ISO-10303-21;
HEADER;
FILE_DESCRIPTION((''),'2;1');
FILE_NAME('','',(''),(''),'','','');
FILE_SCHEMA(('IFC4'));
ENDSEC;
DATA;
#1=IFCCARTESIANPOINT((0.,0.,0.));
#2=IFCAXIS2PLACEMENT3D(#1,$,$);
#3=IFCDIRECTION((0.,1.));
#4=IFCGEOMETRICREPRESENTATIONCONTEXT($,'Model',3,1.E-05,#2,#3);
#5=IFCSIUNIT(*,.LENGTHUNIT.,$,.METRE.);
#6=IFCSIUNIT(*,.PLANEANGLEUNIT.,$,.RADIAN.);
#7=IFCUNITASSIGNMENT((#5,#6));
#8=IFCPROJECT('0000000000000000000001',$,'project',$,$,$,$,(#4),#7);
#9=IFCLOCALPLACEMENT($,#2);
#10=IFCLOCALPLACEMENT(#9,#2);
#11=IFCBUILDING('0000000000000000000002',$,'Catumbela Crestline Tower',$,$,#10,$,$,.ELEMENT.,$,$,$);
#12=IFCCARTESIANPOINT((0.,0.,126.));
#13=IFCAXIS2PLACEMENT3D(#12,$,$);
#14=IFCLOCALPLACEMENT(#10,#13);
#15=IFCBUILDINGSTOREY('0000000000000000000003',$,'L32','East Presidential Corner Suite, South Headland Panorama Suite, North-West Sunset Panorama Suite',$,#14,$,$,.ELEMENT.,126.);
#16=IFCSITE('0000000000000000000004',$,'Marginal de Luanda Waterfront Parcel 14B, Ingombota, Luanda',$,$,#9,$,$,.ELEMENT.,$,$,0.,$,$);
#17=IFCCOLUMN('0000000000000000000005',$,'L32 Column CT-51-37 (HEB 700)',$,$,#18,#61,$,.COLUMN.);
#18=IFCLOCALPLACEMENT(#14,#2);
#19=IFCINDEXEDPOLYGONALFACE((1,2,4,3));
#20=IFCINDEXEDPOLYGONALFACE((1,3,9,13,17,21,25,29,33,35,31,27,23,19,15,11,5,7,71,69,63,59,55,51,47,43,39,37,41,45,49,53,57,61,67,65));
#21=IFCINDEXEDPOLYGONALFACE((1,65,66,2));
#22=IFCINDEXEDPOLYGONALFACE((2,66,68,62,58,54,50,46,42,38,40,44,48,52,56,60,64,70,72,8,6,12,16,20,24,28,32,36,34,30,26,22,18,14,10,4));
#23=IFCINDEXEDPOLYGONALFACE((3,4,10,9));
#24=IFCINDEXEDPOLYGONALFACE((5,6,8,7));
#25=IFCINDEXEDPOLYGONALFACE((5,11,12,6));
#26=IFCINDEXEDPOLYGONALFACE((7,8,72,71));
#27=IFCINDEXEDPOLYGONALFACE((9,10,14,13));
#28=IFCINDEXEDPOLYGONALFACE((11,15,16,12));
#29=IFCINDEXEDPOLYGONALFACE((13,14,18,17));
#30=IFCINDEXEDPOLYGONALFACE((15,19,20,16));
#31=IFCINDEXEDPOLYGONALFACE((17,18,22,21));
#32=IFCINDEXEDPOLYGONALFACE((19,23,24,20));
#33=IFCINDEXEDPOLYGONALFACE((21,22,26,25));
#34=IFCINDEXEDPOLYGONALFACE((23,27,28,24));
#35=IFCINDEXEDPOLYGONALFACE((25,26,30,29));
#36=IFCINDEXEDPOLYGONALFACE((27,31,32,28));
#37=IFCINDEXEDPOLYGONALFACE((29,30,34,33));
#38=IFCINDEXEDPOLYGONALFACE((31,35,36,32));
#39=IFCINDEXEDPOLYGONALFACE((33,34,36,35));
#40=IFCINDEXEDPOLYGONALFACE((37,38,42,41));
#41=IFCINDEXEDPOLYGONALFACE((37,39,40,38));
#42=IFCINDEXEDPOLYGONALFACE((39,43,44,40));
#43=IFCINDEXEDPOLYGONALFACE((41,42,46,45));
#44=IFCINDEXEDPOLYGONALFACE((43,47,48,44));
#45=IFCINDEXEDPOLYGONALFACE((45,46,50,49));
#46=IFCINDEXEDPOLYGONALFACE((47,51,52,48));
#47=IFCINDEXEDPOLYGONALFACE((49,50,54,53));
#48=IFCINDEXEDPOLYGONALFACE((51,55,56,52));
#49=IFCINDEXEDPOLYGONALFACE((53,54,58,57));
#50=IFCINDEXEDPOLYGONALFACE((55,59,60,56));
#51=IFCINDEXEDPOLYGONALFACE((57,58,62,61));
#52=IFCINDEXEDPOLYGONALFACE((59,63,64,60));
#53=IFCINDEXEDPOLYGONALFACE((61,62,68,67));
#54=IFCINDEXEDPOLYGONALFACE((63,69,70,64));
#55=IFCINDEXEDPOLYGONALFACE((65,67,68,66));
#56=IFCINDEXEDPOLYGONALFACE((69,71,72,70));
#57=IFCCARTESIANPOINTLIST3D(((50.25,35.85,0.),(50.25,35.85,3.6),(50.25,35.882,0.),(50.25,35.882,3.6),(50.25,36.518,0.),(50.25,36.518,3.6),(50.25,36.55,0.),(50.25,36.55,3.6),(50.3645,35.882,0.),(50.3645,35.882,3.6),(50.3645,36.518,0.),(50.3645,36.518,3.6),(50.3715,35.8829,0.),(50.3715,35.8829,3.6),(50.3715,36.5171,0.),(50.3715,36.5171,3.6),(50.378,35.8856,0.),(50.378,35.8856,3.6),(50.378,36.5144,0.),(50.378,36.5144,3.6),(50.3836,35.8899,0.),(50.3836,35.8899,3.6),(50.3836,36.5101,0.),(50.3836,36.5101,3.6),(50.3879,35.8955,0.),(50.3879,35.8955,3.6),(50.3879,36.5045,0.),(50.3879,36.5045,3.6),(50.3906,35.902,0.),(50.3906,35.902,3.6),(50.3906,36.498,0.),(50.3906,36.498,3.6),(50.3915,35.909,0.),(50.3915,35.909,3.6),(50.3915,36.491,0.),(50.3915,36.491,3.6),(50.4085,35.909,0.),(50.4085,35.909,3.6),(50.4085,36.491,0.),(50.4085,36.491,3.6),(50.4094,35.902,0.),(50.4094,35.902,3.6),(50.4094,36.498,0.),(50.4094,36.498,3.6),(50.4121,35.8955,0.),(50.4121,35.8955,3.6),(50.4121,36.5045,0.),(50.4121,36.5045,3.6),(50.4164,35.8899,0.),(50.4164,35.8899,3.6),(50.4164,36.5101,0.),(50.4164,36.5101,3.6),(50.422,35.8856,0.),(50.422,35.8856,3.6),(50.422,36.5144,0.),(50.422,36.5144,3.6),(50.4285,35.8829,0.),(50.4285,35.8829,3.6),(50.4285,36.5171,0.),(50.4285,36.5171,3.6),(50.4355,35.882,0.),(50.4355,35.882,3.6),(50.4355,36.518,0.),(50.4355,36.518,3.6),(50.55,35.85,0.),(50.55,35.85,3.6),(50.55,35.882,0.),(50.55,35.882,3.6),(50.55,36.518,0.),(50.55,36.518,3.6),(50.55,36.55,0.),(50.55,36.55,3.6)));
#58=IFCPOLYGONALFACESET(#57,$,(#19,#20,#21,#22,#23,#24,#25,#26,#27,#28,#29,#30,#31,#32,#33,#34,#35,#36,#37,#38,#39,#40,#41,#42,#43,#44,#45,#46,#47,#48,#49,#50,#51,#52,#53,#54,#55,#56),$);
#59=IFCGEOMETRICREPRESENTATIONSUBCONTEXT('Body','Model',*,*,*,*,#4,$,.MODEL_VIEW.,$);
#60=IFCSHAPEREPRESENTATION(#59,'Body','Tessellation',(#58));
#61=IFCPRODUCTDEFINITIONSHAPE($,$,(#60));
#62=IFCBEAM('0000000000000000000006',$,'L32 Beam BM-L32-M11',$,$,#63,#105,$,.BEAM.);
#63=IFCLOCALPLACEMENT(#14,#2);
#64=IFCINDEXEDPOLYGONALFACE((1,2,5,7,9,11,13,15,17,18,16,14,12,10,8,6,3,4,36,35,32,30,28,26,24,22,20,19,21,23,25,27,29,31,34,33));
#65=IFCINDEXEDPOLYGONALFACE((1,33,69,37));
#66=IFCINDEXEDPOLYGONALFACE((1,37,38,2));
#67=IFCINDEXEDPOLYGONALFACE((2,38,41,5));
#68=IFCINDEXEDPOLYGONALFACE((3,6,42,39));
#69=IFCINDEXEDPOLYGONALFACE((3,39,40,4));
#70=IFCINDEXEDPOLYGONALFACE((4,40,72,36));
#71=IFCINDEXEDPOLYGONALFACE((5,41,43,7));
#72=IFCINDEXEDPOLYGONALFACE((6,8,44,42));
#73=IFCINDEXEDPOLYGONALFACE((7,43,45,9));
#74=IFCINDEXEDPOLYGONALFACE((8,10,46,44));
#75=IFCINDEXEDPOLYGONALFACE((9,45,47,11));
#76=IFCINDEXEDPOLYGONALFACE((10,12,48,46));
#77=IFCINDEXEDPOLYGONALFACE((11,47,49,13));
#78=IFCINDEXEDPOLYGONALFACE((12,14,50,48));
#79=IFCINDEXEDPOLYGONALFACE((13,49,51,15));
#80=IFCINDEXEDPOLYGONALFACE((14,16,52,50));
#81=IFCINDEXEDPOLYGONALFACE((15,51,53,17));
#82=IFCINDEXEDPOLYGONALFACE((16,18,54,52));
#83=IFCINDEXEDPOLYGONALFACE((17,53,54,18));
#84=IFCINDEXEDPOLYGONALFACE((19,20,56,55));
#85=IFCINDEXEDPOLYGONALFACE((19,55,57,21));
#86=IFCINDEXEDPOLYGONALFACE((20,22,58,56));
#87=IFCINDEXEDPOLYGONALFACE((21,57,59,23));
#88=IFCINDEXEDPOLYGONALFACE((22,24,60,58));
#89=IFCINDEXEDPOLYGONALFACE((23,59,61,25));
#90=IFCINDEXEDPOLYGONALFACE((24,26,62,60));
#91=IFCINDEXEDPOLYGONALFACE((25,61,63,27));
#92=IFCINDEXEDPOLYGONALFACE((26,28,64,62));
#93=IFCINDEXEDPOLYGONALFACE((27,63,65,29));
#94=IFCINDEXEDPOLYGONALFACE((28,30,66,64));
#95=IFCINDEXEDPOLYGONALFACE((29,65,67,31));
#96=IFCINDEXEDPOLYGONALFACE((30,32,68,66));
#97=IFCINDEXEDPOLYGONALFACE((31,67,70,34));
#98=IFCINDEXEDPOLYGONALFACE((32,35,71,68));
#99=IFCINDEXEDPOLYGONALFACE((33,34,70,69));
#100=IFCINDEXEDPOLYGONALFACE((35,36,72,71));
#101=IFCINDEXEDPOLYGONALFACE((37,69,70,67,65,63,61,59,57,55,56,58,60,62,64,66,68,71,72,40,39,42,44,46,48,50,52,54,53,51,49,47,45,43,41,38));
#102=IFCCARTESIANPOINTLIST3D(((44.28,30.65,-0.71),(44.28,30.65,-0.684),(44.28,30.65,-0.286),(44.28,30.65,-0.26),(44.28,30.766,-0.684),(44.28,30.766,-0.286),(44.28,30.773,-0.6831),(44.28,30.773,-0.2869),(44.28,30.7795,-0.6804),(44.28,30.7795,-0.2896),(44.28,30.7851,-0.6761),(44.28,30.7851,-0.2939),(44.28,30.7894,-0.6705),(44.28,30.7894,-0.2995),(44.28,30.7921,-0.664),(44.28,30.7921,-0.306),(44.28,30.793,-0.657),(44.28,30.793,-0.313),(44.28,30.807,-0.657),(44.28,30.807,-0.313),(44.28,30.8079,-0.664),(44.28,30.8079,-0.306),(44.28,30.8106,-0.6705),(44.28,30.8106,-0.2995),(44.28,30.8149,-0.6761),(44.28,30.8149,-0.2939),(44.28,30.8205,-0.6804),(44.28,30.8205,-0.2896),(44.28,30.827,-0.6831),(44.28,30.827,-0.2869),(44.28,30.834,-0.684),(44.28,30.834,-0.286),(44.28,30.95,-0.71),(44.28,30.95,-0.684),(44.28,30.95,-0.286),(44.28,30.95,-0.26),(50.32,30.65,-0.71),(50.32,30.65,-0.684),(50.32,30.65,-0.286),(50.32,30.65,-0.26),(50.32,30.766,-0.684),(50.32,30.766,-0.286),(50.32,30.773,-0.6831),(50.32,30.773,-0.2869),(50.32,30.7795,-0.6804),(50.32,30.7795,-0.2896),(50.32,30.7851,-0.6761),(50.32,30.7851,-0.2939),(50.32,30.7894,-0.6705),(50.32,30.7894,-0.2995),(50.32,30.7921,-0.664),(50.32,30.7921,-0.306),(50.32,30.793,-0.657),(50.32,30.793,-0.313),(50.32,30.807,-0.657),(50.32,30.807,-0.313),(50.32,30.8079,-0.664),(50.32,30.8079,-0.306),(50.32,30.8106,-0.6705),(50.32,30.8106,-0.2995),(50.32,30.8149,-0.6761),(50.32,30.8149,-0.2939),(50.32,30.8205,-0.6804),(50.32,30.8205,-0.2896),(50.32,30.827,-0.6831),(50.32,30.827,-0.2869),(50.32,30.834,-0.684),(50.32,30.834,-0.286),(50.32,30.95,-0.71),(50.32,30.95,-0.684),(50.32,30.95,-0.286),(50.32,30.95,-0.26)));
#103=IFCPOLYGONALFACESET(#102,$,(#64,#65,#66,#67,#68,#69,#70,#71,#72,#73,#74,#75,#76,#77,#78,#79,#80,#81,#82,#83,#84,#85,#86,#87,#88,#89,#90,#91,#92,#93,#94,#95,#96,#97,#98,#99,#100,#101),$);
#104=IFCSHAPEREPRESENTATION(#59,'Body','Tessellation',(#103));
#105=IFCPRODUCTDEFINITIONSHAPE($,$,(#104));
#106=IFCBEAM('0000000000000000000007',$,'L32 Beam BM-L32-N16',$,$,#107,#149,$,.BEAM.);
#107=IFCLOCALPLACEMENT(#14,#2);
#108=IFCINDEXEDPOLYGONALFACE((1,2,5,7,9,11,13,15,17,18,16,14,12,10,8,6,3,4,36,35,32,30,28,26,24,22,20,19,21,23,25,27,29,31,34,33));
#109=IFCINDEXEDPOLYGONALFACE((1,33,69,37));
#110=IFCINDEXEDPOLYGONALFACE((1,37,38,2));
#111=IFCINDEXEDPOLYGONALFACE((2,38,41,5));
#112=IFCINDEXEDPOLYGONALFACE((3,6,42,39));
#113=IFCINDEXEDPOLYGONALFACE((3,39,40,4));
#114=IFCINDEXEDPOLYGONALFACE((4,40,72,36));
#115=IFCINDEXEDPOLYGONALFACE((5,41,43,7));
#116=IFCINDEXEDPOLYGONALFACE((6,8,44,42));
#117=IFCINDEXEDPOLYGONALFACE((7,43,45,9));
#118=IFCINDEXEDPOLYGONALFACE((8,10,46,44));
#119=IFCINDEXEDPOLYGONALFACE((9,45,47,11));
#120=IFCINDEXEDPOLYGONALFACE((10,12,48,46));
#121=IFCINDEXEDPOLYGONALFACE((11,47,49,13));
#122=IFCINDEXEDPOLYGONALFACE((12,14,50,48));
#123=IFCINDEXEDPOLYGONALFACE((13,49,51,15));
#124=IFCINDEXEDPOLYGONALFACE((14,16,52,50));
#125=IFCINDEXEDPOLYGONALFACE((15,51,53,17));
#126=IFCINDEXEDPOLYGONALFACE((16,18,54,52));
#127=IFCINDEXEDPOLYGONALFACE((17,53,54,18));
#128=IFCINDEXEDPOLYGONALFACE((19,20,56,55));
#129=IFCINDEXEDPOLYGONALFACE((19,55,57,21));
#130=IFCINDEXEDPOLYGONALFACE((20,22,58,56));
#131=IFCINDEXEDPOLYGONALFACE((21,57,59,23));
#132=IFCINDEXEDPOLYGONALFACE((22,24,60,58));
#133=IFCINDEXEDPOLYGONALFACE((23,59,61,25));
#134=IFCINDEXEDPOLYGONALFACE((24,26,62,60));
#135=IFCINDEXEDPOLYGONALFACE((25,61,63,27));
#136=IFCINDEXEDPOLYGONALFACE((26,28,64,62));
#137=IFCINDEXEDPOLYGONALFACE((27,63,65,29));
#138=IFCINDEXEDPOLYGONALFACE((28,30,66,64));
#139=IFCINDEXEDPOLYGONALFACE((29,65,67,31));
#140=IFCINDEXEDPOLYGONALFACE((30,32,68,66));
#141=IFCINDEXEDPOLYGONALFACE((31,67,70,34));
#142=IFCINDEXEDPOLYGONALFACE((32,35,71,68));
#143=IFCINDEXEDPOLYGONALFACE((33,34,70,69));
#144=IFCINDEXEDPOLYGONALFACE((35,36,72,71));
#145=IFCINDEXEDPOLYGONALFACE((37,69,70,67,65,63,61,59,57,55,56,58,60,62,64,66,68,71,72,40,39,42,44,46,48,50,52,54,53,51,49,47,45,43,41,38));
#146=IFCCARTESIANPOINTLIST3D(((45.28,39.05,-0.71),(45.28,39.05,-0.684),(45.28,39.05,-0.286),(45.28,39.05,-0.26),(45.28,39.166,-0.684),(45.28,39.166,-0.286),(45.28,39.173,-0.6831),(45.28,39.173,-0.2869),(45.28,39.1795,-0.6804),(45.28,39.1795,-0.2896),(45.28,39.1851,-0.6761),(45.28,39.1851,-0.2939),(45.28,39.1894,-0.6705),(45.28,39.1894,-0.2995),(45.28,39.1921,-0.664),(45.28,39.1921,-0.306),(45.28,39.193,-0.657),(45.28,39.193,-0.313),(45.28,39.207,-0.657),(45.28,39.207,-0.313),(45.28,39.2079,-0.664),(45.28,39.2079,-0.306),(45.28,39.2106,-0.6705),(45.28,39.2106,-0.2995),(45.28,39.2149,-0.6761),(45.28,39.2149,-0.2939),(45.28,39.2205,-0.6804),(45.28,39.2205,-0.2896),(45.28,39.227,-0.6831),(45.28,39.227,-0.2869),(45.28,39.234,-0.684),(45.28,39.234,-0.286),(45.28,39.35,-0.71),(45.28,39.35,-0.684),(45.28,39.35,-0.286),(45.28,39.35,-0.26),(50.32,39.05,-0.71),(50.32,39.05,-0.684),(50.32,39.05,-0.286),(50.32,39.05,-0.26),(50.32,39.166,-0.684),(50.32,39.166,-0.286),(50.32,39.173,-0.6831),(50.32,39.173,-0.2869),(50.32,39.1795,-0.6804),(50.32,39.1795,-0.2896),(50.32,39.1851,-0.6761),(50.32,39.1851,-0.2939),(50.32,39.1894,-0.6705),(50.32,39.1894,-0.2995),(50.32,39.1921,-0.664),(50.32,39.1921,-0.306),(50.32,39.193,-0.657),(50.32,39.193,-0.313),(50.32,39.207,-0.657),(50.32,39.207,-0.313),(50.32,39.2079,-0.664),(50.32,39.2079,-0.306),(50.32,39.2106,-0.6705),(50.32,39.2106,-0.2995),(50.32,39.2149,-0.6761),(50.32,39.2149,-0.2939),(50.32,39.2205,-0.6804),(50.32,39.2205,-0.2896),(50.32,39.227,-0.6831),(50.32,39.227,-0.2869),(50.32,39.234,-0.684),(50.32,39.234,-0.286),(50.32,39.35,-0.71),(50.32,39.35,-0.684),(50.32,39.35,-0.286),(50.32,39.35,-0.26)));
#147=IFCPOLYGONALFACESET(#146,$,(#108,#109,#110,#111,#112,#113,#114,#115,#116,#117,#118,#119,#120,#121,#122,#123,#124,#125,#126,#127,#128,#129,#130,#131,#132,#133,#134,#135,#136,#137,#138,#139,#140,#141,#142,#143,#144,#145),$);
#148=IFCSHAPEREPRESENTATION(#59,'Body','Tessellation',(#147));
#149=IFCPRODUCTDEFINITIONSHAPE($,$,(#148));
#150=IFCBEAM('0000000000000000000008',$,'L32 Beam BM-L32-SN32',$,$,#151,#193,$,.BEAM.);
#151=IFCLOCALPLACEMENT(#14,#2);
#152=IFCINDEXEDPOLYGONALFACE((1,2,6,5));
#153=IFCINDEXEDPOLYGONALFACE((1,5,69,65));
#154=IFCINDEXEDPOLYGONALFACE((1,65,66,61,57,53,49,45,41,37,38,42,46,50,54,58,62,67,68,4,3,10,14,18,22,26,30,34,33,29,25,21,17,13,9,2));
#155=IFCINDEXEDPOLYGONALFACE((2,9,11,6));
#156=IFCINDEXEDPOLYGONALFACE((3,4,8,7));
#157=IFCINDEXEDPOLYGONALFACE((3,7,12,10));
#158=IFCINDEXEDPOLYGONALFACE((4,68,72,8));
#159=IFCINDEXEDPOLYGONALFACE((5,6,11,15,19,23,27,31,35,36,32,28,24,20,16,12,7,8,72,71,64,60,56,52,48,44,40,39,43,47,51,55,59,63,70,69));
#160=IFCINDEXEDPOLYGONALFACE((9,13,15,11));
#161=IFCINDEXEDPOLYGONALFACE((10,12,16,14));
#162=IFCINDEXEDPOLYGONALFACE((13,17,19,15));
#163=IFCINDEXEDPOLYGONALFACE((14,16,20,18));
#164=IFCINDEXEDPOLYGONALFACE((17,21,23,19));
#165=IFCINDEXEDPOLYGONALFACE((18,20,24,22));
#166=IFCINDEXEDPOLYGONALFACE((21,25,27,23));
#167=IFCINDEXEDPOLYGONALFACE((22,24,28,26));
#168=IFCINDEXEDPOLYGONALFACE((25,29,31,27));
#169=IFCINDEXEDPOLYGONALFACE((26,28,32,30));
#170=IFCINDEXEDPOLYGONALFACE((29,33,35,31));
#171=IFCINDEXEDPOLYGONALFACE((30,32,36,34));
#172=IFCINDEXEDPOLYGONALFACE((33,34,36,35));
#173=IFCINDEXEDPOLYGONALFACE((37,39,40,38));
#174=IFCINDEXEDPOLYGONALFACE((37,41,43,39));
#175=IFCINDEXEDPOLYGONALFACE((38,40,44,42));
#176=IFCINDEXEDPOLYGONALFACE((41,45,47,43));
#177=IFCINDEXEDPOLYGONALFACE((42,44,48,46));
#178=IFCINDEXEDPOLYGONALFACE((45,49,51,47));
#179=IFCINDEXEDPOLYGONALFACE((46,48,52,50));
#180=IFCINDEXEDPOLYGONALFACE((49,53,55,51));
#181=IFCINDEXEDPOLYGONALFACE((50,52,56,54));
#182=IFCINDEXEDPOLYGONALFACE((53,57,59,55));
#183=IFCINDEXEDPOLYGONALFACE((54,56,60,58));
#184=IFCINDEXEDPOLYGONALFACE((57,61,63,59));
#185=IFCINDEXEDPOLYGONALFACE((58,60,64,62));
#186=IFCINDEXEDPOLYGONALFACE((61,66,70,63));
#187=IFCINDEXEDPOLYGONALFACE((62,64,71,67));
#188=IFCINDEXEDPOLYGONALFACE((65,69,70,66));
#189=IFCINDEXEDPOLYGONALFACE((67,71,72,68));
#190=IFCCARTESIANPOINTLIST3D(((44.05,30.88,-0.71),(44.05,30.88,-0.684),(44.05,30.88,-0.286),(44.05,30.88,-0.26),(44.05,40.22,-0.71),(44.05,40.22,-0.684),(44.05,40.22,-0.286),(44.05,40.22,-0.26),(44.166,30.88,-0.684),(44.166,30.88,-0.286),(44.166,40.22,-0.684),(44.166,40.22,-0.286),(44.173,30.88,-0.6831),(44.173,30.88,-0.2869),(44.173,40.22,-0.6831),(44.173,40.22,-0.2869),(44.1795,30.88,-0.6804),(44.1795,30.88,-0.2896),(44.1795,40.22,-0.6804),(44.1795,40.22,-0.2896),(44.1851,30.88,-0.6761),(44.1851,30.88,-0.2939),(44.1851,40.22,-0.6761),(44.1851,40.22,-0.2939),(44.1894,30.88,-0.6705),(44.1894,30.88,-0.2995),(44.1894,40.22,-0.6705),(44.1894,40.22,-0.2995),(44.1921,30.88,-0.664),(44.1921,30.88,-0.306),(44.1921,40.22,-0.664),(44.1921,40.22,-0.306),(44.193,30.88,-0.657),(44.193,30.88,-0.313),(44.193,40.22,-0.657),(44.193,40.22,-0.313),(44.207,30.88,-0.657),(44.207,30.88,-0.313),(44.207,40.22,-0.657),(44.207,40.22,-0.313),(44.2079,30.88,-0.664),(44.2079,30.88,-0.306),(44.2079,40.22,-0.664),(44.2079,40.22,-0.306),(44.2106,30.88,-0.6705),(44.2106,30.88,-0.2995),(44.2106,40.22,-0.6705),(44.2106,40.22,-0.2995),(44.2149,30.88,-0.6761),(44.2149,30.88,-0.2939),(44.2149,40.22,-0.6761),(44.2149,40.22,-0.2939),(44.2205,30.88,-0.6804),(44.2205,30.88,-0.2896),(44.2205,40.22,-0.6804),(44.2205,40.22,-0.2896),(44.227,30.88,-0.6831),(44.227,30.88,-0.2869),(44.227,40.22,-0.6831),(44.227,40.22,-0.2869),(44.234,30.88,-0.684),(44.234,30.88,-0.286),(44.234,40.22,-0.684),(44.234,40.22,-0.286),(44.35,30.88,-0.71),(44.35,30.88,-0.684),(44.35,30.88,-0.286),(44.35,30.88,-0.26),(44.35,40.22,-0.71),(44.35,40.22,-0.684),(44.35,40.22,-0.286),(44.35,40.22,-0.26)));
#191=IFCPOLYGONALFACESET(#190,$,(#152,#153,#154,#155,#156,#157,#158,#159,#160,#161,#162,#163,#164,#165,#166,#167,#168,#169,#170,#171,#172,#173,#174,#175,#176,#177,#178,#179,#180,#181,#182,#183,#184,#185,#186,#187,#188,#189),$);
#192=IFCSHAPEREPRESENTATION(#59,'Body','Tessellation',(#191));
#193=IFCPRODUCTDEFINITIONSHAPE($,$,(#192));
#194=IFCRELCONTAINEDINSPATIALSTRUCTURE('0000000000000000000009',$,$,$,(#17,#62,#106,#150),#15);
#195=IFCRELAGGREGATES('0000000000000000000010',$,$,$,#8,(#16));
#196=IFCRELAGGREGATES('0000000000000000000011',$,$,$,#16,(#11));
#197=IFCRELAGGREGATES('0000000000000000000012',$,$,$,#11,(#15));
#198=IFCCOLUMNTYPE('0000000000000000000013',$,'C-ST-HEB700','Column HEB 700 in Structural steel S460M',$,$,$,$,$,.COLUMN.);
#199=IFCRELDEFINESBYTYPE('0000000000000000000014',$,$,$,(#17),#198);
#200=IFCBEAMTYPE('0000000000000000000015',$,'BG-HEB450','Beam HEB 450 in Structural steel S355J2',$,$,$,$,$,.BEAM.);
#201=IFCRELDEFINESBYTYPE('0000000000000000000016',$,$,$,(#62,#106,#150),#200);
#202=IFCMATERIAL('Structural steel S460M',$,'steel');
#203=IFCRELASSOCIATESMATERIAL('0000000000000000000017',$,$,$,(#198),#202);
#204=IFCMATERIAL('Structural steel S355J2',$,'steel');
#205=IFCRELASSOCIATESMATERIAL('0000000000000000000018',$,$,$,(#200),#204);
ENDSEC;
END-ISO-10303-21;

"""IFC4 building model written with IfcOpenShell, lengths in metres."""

from ifc_helpers import new_model, si_unit, direction, frame, origin, origin_2d, place, context, subcontext, project, spatial, i_section, extrude, material, material_profile, profile_set, type_object, element, save


model = new_model("IFC4")

# Units and contexts
model_context = context("Model", 3, precision=1e-05, world=origin(), true_north=direction((0.0, 1.0)))
body_context = subcontext(model_context, "Body", "Model", "MODEL_VIEW")
ifc_project = project(units=[si_unit("LENGTHUNIT", "METRE"), si_unit("PLANEANGLEUNIT", "RADIAN")], contexts=[model_context])

# Site, building, storey
site_placement = place(None, origin())
site = spatial("IfcSite", under=ifc_project, at=site_placement, Name="Marginal de Luanda Waterfront Parcel 14B, Ingombota, Luanda", CompositionType="ELEMENT", RefElevation=0.0)
building_placement = place(site_placement, origin())
building = spatial("IfcBuilding", under=site, at=building_placement, Name="Catumbela Crestline Tower", CompositionType="ELEMENT")
storey_placement = place(building_placement, frame((0.0, 0.0, 126.0)))
storey = spatial("IfcBuildingStorey", under=building, at=storey_placement, Name="L32", Description="East Presidential Corner Suite, South Headland Panorama Suite, North-West Sunset Panorama Suite", CompositionType="ELEMENT", Elevation=126.0)

# Column
ifc_material_1 = material(Name="Structural steel S460M", Category="steel")
ifc_material_profile_1 = material_profile(ifc_material_1, i_section(OverallWidth=0.3, OverallDepth=0.7, WebThickness=0.017, FlangeThickness=0.032, FilletRadius=0.027, at=origin_2d()), Name="HEB 700")
ifc_profile_set_1 = profile_set([ifc_material_profile_1], Name="Structural steel S460M")
column_type_1 = type_object("IfcColumnType", Name="C-ST-HEB700", Description="Column HEB 700 in Structural steel S460M", PredefinedType="COLUMN", material=ifc_profile_set_1)
for number, where, z_axis, x_axis, name in (
    (1, (50.4, 36.2, 0.0), (0.0, 0.0, 1.0), (1.0, 0.0, 0.0), "L32 Column CT-51-37 (HEB 700)"),
):
    element("IfcColumn", number, at=place(storey_placement, frame(where, z_axis=z_axis, x_axis=x_axis)), inside=storey, type_object=column_type_1, Name=name, PredefinedType="COLUMN", context=body_context, shape_type="SweptSolid", body=[
        extrude(i_section(OverallWidth=0.3, OverallDepth=0.7, WebThickness=0.017, FlangeThickness=0.032, FilletRadius=0.027, at=origin_2d()), origin(), (0.0, 0.0, 1.0), 3.6),
    ])

# Beams
ifc_material_2 = material(Name="Structural steel S355J2", Category="steel")
ifc_material_profile_2 = material_profile(ifc_material_2, i_section(OverallWidth=0.3, OverallDepth=0.45, WebThickness=0.014, FlangeThickness=0.026, FilletRadius=0.027, at=origin_2d()), Name="HEB 450")
ifc_profile_set_2 = profile_set([ifc_material_profile_2], Name="Structural steel S355J2")
beam_type_1 = type_object("IfcBeamType", Name="BG-HEB450", Description="Beam HEB 450 in Structural steel S355J2", PredefinedType="BEAM", material=ifc_profile_set_2)
beam_1_placement = place(storey_placement, frame((44.28, 30.8, -0.485), z_axis=(1.0, 0.0, 0.0), x_axis=(0.0, 1.0, 0.0)))
element("IfcBeam", 2, at=beam_1_placement, inside=storey, type_object=beam_type_1, Name="L32 Beam BM-L32-M11", PredefinedType="BEAM", context=body_context, shape_type="SweptSolid", body=[
    extrude(i_section(OverallWidth=0.3, OverallDepth=0.45, WebThickness=0.014, FlangeThickness=0.026, FilletRadius=0.027, at=origin_2d()), origin(), (0.0, 0.0, 1.0), 6.04),
])
beam_2_placement = place(storey_placement, frame((45.28, 39.2, -0.485), z_axis=(1.0, 0.0, 0.0), x_axis=(0.0, 1.0, 0.0)))
element("IfcBeam", 3, at=beam_2_placement, inside=storey, type_object=beam_type_1, Name="L32 Beam BM-L32-N16", PredefinedType="BEAM", context=body_context, shape_type="SweptSolid", body=[
    extrude(i_section(OverallWidth=0.3, OverallDepth=0.45, WebThickness=0.014, FlangeThickness=0.026, FilletRadius=0.027, at=origin_2d()), origin(), (0.0, 0.0, 1.0), 5.04),
])
beam_3_placement = place(storey_placement, frame((44.2, 30.88, -0.485), z_axis=(0.0, 1.0, 0.0), x_axis=(-1.0, 0.0, 0.0)))
element("IfcBeam", 4, at=beam_3_placement, inside=storey, type_object=beam_type_1, Name="L32 Beam BM-L32-SN32", PredefinedType="BEAM", context=body_context, shape_type="SweptSolid", body=[
    extrude(i_section(OverallWidth=0.3, OverallDepth=0.45, WebThickness=0.014, FlangeThickness=0.026, FilletRadius=0.027, at=origin_2d()), origin(), (0.0, 0.0, 1.0), 9.34),
])

save(model, "model.ifc")
